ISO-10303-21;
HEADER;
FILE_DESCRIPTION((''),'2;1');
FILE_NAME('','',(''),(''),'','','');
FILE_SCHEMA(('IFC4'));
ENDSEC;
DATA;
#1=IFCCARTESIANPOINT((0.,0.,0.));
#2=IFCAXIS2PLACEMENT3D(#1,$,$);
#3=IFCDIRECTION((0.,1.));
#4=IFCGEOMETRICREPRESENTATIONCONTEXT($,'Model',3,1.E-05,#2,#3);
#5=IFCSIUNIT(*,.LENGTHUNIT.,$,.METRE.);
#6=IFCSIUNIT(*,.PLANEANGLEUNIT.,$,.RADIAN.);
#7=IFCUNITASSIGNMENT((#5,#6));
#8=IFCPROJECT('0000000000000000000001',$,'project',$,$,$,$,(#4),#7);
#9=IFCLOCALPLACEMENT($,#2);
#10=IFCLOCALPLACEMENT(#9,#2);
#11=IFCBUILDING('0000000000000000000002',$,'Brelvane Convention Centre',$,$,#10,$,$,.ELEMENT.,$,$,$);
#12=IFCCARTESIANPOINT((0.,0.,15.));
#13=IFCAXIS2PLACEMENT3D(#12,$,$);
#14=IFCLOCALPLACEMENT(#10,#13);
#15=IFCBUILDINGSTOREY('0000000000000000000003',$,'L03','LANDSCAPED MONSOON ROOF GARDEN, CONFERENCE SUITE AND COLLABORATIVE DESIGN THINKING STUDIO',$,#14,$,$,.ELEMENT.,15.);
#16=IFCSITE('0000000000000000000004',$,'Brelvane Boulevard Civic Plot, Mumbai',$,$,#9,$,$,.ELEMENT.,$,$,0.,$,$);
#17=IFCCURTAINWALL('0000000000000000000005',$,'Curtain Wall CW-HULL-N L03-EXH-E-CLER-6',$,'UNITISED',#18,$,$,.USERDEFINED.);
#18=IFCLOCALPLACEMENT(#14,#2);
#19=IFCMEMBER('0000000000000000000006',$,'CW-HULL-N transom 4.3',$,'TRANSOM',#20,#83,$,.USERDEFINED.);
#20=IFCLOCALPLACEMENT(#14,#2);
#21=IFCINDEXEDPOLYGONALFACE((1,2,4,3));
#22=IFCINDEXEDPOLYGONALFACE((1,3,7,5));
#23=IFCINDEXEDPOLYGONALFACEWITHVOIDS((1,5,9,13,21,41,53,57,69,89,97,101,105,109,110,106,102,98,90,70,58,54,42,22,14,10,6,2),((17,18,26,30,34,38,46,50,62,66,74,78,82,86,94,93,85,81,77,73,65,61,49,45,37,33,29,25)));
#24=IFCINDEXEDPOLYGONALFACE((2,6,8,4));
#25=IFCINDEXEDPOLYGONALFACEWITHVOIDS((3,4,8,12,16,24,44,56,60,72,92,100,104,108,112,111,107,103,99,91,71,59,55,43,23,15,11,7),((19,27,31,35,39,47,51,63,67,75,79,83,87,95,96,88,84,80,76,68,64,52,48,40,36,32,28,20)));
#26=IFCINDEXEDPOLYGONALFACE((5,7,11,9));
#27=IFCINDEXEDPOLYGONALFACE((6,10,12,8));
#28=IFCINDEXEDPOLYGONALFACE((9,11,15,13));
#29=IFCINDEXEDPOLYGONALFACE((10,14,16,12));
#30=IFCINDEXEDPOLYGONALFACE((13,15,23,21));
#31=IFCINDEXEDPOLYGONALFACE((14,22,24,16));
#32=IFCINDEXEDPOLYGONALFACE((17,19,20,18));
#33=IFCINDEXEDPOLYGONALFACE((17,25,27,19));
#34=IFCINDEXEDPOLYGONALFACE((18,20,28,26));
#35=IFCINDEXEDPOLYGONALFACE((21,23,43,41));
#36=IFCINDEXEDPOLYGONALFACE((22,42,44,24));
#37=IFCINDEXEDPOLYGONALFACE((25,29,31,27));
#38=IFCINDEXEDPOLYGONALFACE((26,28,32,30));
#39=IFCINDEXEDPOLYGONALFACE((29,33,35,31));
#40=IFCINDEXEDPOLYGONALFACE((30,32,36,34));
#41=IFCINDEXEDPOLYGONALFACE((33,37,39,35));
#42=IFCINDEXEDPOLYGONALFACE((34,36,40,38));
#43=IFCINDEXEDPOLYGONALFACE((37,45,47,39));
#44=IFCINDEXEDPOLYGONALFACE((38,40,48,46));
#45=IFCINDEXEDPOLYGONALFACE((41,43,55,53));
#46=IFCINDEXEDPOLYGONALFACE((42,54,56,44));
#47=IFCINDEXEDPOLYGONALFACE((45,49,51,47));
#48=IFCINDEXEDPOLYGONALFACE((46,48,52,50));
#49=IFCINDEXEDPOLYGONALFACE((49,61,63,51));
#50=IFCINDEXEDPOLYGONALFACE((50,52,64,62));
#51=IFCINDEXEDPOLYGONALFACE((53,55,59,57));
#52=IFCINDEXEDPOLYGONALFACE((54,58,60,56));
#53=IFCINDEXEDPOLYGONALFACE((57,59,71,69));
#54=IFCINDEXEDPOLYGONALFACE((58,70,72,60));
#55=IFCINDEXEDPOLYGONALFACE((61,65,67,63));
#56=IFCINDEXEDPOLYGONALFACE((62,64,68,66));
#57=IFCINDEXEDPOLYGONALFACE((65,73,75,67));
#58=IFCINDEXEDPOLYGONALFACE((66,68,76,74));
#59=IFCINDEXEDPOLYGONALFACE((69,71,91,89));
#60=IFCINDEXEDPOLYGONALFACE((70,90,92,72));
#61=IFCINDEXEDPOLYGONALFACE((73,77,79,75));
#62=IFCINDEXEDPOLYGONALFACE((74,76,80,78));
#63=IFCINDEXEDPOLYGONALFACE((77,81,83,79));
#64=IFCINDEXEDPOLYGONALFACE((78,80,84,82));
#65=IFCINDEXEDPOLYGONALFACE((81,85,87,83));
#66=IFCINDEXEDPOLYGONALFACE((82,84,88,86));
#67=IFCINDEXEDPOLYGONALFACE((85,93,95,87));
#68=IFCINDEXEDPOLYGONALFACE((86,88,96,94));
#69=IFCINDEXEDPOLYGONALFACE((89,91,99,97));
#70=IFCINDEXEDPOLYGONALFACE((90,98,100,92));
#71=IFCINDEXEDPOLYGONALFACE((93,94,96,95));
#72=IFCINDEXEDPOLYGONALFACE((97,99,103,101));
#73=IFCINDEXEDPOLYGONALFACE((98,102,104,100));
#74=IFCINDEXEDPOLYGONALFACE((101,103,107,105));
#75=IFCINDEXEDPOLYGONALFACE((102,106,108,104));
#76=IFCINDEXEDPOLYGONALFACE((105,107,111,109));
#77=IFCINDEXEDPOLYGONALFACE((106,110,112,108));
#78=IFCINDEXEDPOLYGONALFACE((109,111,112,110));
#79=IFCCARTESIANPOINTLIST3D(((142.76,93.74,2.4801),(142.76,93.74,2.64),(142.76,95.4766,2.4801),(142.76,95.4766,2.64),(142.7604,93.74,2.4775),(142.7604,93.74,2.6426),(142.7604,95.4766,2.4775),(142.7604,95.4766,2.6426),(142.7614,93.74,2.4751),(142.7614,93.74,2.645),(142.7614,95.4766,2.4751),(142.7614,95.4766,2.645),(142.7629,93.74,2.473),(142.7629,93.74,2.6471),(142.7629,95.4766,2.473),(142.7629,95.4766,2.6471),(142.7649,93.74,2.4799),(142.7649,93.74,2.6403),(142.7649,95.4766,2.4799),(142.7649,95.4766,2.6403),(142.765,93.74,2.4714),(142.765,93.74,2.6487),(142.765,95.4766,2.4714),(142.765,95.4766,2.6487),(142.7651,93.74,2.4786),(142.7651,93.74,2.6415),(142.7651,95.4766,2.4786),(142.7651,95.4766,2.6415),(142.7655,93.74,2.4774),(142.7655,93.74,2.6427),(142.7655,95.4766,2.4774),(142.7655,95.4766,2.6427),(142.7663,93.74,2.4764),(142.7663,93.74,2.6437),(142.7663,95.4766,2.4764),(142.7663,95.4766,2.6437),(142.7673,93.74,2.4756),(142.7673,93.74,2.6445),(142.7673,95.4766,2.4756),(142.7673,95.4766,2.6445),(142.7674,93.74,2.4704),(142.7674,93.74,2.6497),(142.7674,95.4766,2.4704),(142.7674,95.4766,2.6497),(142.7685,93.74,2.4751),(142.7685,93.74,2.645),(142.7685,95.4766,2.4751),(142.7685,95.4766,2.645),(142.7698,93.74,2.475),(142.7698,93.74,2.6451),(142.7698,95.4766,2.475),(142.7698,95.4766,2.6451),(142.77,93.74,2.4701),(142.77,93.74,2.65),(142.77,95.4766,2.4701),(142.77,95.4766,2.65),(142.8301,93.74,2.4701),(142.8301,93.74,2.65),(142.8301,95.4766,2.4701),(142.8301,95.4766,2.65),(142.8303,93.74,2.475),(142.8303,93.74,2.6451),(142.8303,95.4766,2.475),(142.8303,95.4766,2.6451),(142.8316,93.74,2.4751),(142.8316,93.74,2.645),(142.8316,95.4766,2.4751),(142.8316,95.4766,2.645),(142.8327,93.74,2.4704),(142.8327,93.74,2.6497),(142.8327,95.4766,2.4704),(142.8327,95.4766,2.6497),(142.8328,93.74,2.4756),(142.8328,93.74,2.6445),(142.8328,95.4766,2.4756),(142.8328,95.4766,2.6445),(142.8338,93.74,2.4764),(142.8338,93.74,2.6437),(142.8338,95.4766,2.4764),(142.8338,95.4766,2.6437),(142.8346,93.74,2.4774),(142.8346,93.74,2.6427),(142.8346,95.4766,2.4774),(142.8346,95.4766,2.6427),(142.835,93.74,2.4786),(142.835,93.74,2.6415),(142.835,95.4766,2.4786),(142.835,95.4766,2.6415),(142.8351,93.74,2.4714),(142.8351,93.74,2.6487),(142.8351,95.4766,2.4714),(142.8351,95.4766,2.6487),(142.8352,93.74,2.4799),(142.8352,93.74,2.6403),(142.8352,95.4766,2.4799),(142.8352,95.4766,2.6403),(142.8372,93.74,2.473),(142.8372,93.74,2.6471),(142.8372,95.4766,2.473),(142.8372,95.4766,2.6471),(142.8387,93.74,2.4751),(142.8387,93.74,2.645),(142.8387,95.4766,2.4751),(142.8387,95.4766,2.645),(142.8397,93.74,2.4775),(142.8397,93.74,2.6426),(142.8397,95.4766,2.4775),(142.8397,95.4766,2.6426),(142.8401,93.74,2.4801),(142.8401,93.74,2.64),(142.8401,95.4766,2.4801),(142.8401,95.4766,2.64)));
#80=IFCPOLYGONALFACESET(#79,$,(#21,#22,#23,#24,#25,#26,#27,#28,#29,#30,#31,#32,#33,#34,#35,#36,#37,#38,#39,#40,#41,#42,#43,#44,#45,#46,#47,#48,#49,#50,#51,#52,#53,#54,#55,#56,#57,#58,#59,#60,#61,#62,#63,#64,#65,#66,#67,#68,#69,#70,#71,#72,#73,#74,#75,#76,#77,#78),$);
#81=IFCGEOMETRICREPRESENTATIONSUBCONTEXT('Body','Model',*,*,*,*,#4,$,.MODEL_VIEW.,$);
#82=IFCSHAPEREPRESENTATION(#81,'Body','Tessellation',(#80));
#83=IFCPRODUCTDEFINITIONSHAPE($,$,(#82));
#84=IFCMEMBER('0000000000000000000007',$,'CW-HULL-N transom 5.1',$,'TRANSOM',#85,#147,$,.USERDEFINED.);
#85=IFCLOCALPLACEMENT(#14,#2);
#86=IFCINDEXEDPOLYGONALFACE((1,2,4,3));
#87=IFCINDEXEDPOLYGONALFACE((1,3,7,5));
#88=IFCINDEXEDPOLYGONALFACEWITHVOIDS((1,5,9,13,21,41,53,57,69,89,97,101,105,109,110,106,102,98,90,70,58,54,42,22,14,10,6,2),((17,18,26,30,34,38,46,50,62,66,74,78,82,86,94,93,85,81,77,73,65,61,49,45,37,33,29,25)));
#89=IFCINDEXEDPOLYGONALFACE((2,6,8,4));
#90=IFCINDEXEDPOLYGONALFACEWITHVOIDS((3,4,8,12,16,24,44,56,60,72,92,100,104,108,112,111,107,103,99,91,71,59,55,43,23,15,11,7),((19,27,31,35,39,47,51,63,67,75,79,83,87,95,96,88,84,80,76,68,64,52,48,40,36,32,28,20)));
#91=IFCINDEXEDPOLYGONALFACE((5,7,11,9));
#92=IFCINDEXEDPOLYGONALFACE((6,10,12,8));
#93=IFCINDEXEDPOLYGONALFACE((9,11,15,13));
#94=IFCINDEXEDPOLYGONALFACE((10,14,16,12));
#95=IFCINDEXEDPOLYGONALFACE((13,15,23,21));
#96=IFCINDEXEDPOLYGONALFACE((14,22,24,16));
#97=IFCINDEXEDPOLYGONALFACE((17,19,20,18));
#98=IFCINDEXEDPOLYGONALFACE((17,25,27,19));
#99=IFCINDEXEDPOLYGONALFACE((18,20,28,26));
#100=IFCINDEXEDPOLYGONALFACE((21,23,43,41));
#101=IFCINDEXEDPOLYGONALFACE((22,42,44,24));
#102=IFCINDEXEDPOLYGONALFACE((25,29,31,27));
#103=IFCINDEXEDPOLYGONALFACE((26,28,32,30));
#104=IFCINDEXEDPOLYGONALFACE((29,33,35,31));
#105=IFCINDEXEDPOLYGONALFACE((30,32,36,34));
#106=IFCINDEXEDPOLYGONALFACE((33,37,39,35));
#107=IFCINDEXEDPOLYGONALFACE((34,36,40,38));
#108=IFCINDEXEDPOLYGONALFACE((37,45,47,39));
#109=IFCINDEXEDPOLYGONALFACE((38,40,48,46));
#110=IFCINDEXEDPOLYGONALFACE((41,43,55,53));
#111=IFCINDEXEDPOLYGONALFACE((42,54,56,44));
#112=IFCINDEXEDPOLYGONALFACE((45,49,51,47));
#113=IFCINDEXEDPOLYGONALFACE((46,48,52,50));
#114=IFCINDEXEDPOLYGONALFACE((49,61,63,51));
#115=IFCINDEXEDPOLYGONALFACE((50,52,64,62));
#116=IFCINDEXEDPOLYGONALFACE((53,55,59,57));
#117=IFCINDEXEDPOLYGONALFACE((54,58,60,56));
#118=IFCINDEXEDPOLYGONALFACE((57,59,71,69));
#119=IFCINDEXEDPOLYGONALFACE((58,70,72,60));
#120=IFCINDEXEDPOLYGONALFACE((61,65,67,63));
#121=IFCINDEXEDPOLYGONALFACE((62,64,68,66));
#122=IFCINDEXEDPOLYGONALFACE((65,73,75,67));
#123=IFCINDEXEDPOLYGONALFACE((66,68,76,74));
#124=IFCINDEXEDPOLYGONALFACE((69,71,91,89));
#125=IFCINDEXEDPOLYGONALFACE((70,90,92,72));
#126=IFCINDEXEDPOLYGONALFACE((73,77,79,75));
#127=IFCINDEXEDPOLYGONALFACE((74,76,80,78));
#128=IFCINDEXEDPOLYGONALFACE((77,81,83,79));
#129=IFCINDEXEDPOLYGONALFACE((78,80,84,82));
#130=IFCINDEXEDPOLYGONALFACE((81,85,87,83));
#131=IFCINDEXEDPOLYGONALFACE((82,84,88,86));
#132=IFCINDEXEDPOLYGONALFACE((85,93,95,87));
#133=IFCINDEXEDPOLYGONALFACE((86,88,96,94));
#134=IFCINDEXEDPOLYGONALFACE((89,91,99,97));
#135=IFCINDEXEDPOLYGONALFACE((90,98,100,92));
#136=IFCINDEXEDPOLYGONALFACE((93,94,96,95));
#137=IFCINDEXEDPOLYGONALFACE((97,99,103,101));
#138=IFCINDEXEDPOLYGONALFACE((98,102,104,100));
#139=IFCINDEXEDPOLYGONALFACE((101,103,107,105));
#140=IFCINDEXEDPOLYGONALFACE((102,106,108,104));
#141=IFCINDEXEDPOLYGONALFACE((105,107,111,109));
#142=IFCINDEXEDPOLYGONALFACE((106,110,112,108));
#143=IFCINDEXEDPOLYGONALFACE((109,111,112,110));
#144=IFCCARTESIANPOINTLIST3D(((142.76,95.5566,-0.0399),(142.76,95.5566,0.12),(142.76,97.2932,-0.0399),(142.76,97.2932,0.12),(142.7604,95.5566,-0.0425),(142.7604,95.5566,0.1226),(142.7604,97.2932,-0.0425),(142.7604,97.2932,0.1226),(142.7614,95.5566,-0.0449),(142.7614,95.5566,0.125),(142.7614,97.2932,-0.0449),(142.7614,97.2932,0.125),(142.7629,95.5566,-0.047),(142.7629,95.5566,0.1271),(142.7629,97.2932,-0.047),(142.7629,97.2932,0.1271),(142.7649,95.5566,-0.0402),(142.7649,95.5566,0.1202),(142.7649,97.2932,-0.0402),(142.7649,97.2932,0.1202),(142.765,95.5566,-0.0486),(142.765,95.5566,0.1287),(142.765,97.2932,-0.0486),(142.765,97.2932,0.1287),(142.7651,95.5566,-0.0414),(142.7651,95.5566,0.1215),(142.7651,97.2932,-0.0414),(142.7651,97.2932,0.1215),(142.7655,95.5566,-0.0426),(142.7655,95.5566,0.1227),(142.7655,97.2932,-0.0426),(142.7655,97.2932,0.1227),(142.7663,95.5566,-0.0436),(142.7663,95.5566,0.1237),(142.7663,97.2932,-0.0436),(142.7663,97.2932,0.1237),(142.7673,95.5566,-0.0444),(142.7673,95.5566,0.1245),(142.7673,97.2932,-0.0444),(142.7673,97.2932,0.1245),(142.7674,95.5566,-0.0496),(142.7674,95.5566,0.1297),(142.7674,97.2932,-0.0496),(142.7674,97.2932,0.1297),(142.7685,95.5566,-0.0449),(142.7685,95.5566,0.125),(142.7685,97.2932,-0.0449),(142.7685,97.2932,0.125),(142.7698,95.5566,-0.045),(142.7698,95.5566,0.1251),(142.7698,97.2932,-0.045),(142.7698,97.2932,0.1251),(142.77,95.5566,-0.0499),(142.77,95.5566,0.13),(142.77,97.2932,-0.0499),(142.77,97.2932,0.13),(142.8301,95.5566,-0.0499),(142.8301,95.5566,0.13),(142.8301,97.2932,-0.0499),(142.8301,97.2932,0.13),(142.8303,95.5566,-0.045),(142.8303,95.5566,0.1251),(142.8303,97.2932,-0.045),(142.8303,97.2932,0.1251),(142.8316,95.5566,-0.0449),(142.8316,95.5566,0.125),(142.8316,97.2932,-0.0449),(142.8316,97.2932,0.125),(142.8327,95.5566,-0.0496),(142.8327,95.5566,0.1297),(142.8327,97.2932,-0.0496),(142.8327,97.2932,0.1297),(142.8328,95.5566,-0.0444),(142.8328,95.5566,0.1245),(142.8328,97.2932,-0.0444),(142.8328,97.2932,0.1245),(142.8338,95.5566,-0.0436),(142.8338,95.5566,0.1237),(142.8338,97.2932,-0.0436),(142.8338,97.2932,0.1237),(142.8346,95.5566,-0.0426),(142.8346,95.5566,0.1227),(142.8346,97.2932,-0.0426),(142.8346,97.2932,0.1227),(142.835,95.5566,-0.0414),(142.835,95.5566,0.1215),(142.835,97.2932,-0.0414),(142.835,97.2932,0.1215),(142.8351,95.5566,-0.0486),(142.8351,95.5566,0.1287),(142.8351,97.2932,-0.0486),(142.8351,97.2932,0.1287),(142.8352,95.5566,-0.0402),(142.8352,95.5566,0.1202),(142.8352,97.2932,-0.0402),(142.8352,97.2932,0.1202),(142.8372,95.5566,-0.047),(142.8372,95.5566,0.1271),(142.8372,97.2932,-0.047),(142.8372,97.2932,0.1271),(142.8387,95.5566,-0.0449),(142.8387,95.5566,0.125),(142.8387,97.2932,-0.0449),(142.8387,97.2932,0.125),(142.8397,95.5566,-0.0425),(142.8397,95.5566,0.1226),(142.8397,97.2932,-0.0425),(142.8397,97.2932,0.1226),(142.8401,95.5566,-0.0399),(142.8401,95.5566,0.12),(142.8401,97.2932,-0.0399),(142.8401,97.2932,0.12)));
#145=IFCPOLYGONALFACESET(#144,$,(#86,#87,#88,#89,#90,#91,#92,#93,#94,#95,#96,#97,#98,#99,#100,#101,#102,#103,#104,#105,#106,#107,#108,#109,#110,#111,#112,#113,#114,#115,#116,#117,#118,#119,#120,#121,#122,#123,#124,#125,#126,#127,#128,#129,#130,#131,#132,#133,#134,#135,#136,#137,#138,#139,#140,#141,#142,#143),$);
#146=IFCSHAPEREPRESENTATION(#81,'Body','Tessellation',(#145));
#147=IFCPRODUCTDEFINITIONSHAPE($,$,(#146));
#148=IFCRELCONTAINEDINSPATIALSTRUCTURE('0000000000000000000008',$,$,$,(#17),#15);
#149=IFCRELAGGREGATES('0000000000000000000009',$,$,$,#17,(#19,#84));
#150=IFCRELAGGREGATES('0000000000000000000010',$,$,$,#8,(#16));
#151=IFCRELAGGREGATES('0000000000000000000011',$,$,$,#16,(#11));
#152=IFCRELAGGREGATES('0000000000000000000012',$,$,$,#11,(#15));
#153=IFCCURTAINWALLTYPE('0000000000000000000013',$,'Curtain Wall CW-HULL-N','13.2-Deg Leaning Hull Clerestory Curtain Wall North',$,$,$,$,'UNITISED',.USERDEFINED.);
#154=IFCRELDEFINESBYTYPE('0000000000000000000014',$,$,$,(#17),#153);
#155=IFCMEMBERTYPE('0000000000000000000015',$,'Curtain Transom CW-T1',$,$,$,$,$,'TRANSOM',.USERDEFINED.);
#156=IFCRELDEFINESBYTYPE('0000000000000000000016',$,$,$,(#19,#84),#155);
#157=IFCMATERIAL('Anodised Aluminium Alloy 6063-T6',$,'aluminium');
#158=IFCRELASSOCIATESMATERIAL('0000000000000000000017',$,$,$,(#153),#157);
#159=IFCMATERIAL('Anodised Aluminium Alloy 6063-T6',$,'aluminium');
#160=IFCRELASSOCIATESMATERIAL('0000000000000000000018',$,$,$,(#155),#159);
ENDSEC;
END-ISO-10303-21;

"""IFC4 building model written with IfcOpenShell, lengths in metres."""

from ifc_helpers import new_model, si_unit, direction, frame, origin, origin_2d, place, context, subcontext, project, spatial, hollow_rectangle, extrude, material, material_profile, profile_set, type_object, element, aggregate, save


model = new_model("IFC4")

# Units and contexts
model_context = context("Model", 3, precision=1e-05, world=origin(), true_north=direction((0.0, 1.0)))
body_context = subcontext(model_context, "Body", "Model", "MODEL_VIEW")
ifc_project = project(units=[si_unit("LENGTHUNIT", "METRE"), si_unit("PLANEANGLEUNIT", "RADIAN")], contexts=[model_context])

# Site, building, storey
site_placement = place(None, origin())
site = spatial("IfcSite", under=ifc_project, at=site_placement, Name="Brelvane Boulevard Civic Plot, Mumbai", CompositionType="ELEMENT", RefElevation=0.0)
building_placement = place(site_placement, origin())
building = spatial("IfcBuilding", under=site, at=building_placement, Name="Brelvane Convention Centre", CompositionType="ELEMENT")
storey_placement = place(building_placement, frame((0.0, 0.0, 15.0)))
storey = spatial("IfcBuildingStorey", under=building, at=storey_placement, Name="L03", Description="LANDSCAPED MONSOON ROOF GARDEN, CONFERENCE SUITE AND COLLABORATIVE DESIGN THINKING STUDIO", CompositionType="ELEMENT", Elevation=15.0)

# Curtain wall, members
ifc_material_1 = material(Name="Anodised Aluminium Alloy 6063-T6", Category="aluminium")
curtain_wall_type = type_object("IfcCurtainWallType", Name="Curtain Wall CW-HULL-N", Description="13.2-Deg Leaning Hull Clerestory Curtain Wall North", ElementType="UNITISED", PredefinedType="USERDEFINED", material=ifc_material_1)
curtain_wall_placement = place(storey_placement, origin())
curtain_wall = element("IfcCurtainWall", 1, at=curtain_wall_placement, inside=storey, type_object=curtain_wall_type, Name="Curtain Wall CW-HULL-N L03-EXH-E-CLER-6", ObjectType="UNITISED", PredefinedType="USERDEFINED")
ifc_material_2 = material(Name="Anodised Aluminium Alloy 6063-T6", Category="aluminium")
ifc_material_profile_1 = material_profile(ifc_material_2, hollow_rectangle(XDim=0.0801, YDim=0.1799, WallThickness=0.0049, InnerFilletRadius=0.0049, OuterFilletRadius=0.01, at=origin_2d()), Name="ALU-T 180x80x5.0")
ifc_profile_set_1 = profile_set([ifc_material_profile_1], Name="Anodised Aluminium Alloy 6063-T6")
member_type_1 = type_object("IfcMemberType", Name="Curtain Transom CW-T1", ElementType="TRANSOM", PredefinedType="USERDEFINED", material=ifc_profile_set_1)
member_1_placement = place(storey_placement, frame((142.8, 93.74, 2.5601), z_axis=(0.0, 1.0, 0.0), x_axis=(-1.0, 0.0, 0.0)))
member_1 = element("IfcMember", 2, at=member_1_placement, type_object=member_type_1, Name="CW-HULL-N transom 4.3", ObjectType="TRANSOM", PredefinedType="USERDEFINED", context=body_context, shape_type="SweptSolid", body=[
    extrude(hollow_rectangle(XDim=0.0801, YDim=0.1799, WallThickness=0.0049, InnerFilletRadius=0.0049, OuterFilletRadius=0.01, at=origin_2d()), origin(), (0.0, 0.0, 1.0), 1.7366),
])
member_2_placement = place(storey_placement, frame((142.8, 95.5566, 0.04), z_axis=(0.0, 1.0, 0.0), x_axis=(-1.0, 0.0, 0.0)))
member_2 = element("IfcMember", 3, at=member_2_placement, type_object=member_type_1, Name="CW-HULL-N transom 5.1", ObjectType="TRANSOM", PredefinedType="USERDEFINED", context=body_context, shape_type="SweptSolid", body=[
    extrude(hollow_rectangle(XDim=0.0801, YDim=0.1799, WallThickness=0.0049, InnerFilletRadius=0.0049, OuterFilletRadius=0.01, at=origin_2d()), origin(), (0.0, 0.0, 1.0), 1.7366),
])
aggregate(curtain_wall, [member_1, member_2])

save(model, "model.ifc")
